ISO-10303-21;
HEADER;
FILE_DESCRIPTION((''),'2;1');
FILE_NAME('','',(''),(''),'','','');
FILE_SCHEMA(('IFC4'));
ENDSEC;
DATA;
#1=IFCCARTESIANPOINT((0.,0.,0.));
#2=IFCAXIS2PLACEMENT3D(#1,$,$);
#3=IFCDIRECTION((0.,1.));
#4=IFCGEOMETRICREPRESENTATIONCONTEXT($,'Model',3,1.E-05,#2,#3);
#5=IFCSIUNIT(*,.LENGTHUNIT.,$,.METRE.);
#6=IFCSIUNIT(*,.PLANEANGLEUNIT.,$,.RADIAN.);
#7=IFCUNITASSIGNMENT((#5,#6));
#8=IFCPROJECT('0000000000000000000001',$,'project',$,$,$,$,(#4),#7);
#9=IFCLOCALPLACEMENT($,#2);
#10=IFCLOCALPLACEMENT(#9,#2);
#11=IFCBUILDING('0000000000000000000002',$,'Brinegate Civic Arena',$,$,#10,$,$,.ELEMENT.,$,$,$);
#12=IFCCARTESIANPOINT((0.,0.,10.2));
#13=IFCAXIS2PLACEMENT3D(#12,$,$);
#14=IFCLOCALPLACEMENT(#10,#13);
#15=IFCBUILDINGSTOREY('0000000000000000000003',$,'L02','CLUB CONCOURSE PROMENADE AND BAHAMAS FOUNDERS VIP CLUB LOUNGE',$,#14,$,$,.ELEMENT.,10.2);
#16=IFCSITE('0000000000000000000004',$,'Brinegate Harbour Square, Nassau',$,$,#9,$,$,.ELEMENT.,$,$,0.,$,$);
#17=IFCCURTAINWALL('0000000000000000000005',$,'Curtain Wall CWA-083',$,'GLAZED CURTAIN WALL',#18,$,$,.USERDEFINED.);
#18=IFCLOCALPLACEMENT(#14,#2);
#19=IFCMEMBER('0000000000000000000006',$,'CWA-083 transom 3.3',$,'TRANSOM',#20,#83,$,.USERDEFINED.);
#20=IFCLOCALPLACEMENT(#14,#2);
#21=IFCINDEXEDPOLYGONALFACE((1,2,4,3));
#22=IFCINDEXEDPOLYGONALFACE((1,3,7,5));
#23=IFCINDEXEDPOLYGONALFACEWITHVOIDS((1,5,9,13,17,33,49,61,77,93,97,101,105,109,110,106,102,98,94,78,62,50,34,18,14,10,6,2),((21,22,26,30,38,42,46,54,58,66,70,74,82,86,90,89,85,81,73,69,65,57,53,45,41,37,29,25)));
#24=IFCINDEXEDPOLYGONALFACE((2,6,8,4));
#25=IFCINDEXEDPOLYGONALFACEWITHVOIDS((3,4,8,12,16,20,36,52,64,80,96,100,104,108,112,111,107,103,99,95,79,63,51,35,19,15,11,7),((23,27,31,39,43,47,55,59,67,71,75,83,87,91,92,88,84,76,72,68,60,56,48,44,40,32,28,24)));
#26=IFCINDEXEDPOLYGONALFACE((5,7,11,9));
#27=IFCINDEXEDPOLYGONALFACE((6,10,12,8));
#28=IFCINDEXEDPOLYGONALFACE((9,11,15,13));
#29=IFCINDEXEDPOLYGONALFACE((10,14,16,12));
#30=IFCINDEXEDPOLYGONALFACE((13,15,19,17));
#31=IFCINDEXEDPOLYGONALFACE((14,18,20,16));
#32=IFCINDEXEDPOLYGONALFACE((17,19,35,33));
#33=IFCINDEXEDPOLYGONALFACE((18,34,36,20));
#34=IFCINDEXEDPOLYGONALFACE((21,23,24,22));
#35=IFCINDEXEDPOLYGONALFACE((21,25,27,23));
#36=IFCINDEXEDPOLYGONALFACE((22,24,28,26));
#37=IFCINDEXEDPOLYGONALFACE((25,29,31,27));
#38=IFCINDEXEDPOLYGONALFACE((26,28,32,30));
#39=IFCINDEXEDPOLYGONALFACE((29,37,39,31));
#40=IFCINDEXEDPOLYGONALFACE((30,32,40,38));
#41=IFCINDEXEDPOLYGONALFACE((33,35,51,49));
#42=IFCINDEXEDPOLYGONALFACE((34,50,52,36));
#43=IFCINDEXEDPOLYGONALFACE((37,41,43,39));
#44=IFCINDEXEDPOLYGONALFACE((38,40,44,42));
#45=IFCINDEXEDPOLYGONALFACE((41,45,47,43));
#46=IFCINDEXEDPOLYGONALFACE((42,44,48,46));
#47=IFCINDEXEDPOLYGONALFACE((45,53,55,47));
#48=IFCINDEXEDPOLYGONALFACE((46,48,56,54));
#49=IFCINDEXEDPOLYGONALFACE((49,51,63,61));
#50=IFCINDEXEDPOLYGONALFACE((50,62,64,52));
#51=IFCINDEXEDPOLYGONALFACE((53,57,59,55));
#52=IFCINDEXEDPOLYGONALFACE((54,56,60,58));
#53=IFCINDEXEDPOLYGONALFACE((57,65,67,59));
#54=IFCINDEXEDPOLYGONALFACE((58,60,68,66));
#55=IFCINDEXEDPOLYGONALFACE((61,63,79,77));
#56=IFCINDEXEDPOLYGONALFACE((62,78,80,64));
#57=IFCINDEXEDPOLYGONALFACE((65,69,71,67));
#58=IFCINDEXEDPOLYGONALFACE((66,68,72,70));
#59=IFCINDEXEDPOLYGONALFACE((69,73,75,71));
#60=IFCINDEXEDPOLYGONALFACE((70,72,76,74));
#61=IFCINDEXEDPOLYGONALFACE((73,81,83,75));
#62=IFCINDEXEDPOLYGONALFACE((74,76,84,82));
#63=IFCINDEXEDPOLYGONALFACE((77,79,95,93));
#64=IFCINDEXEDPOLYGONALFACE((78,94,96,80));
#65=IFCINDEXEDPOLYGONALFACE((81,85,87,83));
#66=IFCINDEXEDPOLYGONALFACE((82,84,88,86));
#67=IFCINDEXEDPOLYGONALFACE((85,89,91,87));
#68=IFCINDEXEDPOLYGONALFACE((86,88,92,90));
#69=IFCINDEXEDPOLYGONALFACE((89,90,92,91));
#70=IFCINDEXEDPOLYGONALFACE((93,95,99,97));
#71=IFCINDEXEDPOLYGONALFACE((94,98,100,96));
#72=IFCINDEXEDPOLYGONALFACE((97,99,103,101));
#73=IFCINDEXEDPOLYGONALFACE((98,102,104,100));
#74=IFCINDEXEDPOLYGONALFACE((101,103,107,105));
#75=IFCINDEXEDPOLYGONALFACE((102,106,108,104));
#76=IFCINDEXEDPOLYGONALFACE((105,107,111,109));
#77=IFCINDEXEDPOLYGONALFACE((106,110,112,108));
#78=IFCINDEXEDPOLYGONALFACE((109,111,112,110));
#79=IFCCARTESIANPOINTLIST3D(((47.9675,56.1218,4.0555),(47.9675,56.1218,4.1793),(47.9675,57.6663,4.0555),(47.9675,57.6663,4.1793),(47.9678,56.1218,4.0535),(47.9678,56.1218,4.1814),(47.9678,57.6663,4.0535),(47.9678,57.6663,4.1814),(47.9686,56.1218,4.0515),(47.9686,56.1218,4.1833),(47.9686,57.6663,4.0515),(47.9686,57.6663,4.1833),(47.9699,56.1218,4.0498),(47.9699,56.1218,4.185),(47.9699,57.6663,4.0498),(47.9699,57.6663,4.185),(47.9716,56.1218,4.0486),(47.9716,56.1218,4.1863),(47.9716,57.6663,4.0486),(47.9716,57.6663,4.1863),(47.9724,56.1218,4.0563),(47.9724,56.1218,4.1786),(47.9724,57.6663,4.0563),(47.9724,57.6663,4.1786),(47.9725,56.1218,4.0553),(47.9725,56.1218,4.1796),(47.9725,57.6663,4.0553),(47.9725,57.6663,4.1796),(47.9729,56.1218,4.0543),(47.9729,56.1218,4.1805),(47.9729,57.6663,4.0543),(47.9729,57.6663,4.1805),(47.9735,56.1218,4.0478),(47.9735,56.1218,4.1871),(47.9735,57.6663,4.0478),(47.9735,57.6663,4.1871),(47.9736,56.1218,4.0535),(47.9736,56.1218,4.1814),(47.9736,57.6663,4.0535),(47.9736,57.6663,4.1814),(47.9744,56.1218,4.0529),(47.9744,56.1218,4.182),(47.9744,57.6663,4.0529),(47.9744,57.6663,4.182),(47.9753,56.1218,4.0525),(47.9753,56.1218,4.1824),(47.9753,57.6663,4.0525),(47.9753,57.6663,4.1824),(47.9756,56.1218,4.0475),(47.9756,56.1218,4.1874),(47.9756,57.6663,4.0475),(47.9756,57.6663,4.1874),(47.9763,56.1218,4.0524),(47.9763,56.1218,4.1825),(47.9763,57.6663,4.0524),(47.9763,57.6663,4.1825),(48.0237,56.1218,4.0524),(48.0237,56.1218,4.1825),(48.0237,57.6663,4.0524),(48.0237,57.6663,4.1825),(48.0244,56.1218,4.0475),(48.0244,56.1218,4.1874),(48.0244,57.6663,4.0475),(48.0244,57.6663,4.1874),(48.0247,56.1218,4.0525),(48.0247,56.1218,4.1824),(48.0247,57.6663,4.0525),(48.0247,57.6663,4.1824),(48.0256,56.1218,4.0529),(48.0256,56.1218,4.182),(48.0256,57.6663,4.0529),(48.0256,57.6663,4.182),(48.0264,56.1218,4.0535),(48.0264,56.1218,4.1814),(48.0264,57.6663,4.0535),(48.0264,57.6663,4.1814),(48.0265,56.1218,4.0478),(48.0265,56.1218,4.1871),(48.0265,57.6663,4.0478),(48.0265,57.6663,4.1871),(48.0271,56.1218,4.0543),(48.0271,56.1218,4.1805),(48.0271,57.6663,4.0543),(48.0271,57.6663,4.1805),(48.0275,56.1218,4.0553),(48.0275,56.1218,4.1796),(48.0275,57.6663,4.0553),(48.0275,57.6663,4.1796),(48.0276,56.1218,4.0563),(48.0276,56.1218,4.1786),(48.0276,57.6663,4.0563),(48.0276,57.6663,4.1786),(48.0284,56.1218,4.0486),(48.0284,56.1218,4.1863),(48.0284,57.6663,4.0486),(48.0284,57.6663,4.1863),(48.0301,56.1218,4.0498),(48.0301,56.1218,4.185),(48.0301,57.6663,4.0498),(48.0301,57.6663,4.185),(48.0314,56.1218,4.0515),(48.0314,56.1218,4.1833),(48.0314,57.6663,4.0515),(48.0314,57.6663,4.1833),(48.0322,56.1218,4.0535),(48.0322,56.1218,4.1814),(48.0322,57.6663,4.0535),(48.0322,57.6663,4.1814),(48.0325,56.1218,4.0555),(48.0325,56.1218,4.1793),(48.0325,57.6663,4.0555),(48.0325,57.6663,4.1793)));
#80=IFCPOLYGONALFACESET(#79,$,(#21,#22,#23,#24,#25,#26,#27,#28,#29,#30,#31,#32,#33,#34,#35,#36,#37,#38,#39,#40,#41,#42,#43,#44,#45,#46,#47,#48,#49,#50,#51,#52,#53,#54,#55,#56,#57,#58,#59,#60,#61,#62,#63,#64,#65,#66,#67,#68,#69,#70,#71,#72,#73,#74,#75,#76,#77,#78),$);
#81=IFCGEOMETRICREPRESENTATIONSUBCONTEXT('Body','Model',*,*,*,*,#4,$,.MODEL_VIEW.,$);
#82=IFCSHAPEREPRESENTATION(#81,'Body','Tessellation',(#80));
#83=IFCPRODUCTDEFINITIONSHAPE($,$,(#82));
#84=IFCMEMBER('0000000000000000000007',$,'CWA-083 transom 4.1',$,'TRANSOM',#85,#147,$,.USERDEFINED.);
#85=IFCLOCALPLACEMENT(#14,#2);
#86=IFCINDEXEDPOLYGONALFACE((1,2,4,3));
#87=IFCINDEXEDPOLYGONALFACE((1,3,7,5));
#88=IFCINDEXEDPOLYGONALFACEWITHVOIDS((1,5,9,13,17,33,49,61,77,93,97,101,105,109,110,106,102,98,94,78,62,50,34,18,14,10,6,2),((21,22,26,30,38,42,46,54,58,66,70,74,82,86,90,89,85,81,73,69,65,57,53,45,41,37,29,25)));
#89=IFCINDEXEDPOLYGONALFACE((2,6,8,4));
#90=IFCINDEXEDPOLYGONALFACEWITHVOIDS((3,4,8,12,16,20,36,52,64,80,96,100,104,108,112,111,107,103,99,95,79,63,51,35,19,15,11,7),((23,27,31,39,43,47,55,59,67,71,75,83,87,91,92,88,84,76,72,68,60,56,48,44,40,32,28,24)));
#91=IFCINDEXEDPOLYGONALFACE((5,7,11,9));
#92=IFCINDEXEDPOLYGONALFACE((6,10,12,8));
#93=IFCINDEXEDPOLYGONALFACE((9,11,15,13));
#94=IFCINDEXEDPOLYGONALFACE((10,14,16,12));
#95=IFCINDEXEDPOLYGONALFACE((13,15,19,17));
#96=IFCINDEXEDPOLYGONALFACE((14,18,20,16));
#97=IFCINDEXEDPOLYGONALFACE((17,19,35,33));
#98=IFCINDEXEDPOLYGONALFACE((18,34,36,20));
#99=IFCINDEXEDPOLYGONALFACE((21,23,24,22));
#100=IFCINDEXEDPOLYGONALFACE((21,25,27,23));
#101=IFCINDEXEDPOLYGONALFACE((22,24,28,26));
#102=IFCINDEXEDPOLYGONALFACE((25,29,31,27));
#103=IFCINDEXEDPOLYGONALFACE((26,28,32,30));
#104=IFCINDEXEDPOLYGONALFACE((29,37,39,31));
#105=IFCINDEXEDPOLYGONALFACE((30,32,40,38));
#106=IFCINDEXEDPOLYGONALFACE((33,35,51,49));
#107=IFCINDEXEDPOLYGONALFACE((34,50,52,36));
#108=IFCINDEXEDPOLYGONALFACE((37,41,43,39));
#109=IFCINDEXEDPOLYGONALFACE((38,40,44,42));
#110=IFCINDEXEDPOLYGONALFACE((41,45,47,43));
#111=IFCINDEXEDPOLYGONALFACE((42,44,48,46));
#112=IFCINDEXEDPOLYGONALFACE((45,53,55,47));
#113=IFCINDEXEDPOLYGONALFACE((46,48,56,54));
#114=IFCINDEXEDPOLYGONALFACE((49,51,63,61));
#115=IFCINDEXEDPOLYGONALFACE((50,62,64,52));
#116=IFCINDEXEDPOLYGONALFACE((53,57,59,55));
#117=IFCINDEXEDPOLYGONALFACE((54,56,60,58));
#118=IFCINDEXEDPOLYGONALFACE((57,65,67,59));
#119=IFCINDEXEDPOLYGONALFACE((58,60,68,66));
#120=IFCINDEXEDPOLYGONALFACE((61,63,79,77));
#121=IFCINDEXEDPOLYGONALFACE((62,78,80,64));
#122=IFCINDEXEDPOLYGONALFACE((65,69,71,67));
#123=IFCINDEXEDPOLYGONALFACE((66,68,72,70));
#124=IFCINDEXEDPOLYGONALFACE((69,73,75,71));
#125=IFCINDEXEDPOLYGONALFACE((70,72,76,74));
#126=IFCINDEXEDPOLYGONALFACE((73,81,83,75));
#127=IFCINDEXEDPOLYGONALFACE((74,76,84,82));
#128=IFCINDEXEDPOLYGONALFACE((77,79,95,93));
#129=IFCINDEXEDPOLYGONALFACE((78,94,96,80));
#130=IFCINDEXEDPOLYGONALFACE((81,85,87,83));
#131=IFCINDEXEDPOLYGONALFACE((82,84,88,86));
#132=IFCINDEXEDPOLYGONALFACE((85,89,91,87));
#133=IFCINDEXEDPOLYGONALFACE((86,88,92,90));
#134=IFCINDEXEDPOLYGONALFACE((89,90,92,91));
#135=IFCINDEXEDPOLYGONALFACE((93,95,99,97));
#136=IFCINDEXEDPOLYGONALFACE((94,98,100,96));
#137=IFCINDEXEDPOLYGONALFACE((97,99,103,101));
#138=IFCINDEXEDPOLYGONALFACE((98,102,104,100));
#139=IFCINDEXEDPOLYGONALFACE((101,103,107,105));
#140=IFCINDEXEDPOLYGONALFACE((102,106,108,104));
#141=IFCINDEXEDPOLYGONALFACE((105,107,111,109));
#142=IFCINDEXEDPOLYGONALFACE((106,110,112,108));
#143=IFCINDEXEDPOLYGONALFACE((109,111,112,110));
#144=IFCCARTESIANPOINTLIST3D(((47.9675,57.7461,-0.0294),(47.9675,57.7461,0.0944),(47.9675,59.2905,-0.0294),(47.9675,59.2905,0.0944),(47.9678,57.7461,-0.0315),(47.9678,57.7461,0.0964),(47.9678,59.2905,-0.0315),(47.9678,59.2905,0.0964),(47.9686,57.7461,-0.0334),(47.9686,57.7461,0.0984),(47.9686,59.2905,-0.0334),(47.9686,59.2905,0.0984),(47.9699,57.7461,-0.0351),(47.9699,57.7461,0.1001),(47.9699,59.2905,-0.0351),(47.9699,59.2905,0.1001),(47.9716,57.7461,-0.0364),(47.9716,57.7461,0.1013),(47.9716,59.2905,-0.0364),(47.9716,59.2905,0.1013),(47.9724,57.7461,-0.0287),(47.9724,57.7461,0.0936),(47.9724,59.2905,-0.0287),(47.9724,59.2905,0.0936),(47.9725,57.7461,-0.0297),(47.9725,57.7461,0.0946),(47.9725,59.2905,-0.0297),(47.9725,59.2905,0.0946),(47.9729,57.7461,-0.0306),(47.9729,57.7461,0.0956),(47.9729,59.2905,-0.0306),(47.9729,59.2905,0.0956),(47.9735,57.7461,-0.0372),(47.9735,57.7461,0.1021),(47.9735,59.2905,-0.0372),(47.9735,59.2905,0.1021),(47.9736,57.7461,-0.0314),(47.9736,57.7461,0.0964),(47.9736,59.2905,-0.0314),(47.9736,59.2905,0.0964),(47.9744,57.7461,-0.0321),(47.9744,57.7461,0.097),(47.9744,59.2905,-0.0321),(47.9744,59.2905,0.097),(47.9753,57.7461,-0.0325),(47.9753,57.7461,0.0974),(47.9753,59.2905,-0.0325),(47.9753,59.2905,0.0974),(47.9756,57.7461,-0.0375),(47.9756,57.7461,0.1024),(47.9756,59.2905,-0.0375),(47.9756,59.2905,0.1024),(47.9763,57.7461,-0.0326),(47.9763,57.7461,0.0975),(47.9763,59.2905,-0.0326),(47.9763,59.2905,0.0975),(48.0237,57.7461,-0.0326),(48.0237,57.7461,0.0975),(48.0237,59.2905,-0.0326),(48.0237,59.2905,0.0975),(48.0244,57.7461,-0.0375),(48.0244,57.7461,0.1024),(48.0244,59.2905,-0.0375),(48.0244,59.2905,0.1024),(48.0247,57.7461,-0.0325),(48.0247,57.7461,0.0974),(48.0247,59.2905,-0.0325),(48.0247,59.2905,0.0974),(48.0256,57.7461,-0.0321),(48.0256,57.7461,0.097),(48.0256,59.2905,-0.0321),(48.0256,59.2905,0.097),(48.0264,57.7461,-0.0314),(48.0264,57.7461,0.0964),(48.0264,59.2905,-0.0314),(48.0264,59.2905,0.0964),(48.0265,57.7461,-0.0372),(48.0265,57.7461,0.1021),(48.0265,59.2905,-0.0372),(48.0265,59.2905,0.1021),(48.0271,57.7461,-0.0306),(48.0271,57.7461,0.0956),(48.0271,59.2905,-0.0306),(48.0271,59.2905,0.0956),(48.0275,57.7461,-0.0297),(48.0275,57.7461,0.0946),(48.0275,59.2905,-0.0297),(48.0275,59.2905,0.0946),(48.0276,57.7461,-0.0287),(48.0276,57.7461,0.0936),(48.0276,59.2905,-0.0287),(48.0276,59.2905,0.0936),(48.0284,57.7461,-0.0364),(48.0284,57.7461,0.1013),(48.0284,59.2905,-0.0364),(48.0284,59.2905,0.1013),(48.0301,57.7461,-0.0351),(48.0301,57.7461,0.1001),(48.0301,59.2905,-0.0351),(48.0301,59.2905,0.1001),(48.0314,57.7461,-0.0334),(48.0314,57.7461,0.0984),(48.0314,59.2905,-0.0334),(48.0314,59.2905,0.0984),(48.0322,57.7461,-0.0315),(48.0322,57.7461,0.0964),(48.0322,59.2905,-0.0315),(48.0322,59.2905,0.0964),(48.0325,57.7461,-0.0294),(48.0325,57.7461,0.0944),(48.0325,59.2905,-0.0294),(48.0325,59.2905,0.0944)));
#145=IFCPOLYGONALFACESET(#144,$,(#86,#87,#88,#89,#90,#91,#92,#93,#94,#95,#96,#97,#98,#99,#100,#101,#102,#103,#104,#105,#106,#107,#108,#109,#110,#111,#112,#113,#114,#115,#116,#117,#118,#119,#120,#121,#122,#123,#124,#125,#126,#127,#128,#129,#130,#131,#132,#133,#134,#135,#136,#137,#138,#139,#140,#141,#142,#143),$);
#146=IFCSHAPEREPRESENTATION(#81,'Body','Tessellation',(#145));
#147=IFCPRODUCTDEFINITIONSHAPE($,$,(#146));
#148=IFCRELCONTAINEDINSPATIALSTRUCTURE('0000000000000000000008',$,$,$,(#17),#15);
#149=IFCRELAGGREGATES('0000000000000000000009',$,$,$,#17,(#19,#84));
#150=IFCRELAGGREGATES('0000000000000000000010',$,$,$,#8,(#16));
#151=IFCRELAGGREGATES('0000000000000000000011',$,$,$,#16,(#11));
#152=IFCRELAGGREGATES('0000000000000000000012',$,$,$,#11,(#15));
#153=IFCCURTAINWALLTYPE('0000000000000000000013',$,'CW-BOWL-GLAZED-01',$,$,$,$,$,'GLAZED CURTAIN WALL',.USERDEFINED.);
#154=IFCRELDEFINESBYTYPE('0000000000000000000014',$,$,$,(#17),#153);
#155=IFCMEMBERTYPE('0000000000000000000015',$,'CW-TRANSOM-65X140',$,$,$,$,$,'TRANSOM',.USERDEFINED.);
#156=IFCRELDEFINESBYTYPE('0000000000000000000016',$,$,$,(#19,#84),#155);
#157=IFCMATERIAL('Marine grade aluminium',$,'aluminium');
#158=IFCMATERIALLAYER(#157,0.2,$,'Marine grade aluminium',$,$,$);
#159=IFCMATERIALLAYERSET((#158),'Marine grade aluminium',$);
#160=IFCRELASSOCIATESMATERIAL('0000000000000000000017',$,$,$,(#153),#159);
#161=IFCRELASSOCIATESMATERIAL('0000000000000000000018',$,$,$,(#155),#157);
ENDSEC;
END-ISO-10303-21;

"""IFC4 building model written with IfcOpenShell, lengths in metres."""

from ifc_helpers import new_model, si_unit, direction, frame, origin, origin_2d, place, context, subcontext, project, spatial, hollow_rectangle, extrude, material, layer, layer_set, material_profile, profile_set, type_object, element, aggregate, save


model = new_model("IFC4")

# Units and contexts
model_context = context("Model", 3, precision=1e-05, world=origin(), true_north=direction((0.0, 1.0)))
body_context = subcontext(model_context, "Body", "Model", "MODEL_VIEW")
ifc_project = project(units=[si_unit("LENGTHUNIT", "METRE"), si_unit("PLANEANGLEUNIT", "RADIAN")], contexts=[model_context])

# Site, building, storey
site_placement = place(None, origin())
site = spatial("IfcSite", under=ifc_project, at=site_placement, Name="Brinegate Harbour Square, Nassau", CompositionType="ELEMENT", RefElevation=0.0)
building_placement = place(site_placement, origin())
building = spatial("IfcBuilding", under=site, at=building_placement, Name="Brinegate Civic Arena", CompositionType="ELEMENT")
storey_placement = place(building_placement, frame((0.0, 0.0, 10.2)))
storey = spatial("IfcBuildingStorey", under=building, at=storey_placement, Name="L02", Description="CLUB CONCOURSE PROMENADE AND BAHAMAS FOUNDERS VIP CLUB LOUNGE", CompositionType="ELEMENT", Elevation=10.2)

# Curtain wall, members
ifc_material_1 = material(Name="Marine grade aluminium", Category="aluminium")
ifc_layer_1 = layer(ifc_material_1, 0.2, Name="Marine grade aluminium")
ifc_layer_set_1 = layer_set([ifc_layer_1], Name="Marine grade aluminium")
curtain_wall_type_1 = type_object("IfcCurtainWallType", Name="CW-BOWL-GLAZED-01", ElementType="GLAZED CURTAIN WALL", PredefinedType="USERDEFINED", material=ifc_layer_set_1)
curtain_wall_1_placement = place(storey_placement, origin())
curtain_wall_1 = element("IfcCurtainWall", 1, at=curtain_wall_1_placement, inside=storey, type_object=curtain_wall_type_1, Name="Curtain Wall CWA-083", ObjectType="GLAZED CURTAIN WALL", PredefinedType="USERDEFINED")
ifc_material_profile_1 = material_profile(ifc_material_1, hollow_rectangle(XDim=0.0649, YDim=0.1399, WallThickness=0.0049, InnerFilletRadius=0.0039, OuterFilletRadius=0.0081, at=origin_2d()), Name="TRN65X140")
ifc_profile_set_1 = profile_set([ifc_material_profile_1], Name="Marine grade aluminium")
member_type_1 = type_object("IfcMemberType", Name="CW-TRANSOM-65X140", ElementType="TRANSOM", PredefinedType="USERDEFINED", material=ifc_profile_set_1)
member_1_placement = place(storey_placement, frame((48.0, 56.1218, 4.1174), z_axis=(0.0, 1.0, 0.0), x_axis=(-1.0, 0.0, 0.0)))
member_1 = element("IfcMember", 2, at=member_1_placement, type_object=member_type_1, Name="CWA-083 transom 3.3", ObjectType="TRANSOM", PredefinedType="USERDEFINED", context=body_context, shape_type="SweptSolid", body=[
    extrude(hollow_rectangle(XDim=0.0649, YDim=0.1399, WallThickness=0.0049, InnerFilletRadius=0.0039, OuterFilletRadius=0.0081, at=origin_2d()), origin(), (0.0, 0.0, 1.0), 1.5444),
])
member_2_placement = place(storey_placement, frame((48.0, 57.7461, 0.0325), z_axis=(0.0, 1.0, 0.0), x_axis=(-1.0, 0.0, 0.0)))
member_2 = element("IfcMember", 3, at=member_2_placement, type_object=member_type_1, Name="CWA-083 transom 4.1", ObjectType="TRANSOM", PredefinedType="USERDEFINED", context=body_context, shape_type="SweptSolid", body=[
    extrude(hollow_rectangle(XDim=0.0649, YDim=0.1399, WallThickness=0.0049, InnerFilletRadius=0.0039, OuterFilletRadius=0.0081, at=origin_2d()), origin(), (0.0, 0.0, 1.0), 1.5444),
])

aggregate(curtain_wall_1, [member_1, member_2])

save(model, "model.ifc")
